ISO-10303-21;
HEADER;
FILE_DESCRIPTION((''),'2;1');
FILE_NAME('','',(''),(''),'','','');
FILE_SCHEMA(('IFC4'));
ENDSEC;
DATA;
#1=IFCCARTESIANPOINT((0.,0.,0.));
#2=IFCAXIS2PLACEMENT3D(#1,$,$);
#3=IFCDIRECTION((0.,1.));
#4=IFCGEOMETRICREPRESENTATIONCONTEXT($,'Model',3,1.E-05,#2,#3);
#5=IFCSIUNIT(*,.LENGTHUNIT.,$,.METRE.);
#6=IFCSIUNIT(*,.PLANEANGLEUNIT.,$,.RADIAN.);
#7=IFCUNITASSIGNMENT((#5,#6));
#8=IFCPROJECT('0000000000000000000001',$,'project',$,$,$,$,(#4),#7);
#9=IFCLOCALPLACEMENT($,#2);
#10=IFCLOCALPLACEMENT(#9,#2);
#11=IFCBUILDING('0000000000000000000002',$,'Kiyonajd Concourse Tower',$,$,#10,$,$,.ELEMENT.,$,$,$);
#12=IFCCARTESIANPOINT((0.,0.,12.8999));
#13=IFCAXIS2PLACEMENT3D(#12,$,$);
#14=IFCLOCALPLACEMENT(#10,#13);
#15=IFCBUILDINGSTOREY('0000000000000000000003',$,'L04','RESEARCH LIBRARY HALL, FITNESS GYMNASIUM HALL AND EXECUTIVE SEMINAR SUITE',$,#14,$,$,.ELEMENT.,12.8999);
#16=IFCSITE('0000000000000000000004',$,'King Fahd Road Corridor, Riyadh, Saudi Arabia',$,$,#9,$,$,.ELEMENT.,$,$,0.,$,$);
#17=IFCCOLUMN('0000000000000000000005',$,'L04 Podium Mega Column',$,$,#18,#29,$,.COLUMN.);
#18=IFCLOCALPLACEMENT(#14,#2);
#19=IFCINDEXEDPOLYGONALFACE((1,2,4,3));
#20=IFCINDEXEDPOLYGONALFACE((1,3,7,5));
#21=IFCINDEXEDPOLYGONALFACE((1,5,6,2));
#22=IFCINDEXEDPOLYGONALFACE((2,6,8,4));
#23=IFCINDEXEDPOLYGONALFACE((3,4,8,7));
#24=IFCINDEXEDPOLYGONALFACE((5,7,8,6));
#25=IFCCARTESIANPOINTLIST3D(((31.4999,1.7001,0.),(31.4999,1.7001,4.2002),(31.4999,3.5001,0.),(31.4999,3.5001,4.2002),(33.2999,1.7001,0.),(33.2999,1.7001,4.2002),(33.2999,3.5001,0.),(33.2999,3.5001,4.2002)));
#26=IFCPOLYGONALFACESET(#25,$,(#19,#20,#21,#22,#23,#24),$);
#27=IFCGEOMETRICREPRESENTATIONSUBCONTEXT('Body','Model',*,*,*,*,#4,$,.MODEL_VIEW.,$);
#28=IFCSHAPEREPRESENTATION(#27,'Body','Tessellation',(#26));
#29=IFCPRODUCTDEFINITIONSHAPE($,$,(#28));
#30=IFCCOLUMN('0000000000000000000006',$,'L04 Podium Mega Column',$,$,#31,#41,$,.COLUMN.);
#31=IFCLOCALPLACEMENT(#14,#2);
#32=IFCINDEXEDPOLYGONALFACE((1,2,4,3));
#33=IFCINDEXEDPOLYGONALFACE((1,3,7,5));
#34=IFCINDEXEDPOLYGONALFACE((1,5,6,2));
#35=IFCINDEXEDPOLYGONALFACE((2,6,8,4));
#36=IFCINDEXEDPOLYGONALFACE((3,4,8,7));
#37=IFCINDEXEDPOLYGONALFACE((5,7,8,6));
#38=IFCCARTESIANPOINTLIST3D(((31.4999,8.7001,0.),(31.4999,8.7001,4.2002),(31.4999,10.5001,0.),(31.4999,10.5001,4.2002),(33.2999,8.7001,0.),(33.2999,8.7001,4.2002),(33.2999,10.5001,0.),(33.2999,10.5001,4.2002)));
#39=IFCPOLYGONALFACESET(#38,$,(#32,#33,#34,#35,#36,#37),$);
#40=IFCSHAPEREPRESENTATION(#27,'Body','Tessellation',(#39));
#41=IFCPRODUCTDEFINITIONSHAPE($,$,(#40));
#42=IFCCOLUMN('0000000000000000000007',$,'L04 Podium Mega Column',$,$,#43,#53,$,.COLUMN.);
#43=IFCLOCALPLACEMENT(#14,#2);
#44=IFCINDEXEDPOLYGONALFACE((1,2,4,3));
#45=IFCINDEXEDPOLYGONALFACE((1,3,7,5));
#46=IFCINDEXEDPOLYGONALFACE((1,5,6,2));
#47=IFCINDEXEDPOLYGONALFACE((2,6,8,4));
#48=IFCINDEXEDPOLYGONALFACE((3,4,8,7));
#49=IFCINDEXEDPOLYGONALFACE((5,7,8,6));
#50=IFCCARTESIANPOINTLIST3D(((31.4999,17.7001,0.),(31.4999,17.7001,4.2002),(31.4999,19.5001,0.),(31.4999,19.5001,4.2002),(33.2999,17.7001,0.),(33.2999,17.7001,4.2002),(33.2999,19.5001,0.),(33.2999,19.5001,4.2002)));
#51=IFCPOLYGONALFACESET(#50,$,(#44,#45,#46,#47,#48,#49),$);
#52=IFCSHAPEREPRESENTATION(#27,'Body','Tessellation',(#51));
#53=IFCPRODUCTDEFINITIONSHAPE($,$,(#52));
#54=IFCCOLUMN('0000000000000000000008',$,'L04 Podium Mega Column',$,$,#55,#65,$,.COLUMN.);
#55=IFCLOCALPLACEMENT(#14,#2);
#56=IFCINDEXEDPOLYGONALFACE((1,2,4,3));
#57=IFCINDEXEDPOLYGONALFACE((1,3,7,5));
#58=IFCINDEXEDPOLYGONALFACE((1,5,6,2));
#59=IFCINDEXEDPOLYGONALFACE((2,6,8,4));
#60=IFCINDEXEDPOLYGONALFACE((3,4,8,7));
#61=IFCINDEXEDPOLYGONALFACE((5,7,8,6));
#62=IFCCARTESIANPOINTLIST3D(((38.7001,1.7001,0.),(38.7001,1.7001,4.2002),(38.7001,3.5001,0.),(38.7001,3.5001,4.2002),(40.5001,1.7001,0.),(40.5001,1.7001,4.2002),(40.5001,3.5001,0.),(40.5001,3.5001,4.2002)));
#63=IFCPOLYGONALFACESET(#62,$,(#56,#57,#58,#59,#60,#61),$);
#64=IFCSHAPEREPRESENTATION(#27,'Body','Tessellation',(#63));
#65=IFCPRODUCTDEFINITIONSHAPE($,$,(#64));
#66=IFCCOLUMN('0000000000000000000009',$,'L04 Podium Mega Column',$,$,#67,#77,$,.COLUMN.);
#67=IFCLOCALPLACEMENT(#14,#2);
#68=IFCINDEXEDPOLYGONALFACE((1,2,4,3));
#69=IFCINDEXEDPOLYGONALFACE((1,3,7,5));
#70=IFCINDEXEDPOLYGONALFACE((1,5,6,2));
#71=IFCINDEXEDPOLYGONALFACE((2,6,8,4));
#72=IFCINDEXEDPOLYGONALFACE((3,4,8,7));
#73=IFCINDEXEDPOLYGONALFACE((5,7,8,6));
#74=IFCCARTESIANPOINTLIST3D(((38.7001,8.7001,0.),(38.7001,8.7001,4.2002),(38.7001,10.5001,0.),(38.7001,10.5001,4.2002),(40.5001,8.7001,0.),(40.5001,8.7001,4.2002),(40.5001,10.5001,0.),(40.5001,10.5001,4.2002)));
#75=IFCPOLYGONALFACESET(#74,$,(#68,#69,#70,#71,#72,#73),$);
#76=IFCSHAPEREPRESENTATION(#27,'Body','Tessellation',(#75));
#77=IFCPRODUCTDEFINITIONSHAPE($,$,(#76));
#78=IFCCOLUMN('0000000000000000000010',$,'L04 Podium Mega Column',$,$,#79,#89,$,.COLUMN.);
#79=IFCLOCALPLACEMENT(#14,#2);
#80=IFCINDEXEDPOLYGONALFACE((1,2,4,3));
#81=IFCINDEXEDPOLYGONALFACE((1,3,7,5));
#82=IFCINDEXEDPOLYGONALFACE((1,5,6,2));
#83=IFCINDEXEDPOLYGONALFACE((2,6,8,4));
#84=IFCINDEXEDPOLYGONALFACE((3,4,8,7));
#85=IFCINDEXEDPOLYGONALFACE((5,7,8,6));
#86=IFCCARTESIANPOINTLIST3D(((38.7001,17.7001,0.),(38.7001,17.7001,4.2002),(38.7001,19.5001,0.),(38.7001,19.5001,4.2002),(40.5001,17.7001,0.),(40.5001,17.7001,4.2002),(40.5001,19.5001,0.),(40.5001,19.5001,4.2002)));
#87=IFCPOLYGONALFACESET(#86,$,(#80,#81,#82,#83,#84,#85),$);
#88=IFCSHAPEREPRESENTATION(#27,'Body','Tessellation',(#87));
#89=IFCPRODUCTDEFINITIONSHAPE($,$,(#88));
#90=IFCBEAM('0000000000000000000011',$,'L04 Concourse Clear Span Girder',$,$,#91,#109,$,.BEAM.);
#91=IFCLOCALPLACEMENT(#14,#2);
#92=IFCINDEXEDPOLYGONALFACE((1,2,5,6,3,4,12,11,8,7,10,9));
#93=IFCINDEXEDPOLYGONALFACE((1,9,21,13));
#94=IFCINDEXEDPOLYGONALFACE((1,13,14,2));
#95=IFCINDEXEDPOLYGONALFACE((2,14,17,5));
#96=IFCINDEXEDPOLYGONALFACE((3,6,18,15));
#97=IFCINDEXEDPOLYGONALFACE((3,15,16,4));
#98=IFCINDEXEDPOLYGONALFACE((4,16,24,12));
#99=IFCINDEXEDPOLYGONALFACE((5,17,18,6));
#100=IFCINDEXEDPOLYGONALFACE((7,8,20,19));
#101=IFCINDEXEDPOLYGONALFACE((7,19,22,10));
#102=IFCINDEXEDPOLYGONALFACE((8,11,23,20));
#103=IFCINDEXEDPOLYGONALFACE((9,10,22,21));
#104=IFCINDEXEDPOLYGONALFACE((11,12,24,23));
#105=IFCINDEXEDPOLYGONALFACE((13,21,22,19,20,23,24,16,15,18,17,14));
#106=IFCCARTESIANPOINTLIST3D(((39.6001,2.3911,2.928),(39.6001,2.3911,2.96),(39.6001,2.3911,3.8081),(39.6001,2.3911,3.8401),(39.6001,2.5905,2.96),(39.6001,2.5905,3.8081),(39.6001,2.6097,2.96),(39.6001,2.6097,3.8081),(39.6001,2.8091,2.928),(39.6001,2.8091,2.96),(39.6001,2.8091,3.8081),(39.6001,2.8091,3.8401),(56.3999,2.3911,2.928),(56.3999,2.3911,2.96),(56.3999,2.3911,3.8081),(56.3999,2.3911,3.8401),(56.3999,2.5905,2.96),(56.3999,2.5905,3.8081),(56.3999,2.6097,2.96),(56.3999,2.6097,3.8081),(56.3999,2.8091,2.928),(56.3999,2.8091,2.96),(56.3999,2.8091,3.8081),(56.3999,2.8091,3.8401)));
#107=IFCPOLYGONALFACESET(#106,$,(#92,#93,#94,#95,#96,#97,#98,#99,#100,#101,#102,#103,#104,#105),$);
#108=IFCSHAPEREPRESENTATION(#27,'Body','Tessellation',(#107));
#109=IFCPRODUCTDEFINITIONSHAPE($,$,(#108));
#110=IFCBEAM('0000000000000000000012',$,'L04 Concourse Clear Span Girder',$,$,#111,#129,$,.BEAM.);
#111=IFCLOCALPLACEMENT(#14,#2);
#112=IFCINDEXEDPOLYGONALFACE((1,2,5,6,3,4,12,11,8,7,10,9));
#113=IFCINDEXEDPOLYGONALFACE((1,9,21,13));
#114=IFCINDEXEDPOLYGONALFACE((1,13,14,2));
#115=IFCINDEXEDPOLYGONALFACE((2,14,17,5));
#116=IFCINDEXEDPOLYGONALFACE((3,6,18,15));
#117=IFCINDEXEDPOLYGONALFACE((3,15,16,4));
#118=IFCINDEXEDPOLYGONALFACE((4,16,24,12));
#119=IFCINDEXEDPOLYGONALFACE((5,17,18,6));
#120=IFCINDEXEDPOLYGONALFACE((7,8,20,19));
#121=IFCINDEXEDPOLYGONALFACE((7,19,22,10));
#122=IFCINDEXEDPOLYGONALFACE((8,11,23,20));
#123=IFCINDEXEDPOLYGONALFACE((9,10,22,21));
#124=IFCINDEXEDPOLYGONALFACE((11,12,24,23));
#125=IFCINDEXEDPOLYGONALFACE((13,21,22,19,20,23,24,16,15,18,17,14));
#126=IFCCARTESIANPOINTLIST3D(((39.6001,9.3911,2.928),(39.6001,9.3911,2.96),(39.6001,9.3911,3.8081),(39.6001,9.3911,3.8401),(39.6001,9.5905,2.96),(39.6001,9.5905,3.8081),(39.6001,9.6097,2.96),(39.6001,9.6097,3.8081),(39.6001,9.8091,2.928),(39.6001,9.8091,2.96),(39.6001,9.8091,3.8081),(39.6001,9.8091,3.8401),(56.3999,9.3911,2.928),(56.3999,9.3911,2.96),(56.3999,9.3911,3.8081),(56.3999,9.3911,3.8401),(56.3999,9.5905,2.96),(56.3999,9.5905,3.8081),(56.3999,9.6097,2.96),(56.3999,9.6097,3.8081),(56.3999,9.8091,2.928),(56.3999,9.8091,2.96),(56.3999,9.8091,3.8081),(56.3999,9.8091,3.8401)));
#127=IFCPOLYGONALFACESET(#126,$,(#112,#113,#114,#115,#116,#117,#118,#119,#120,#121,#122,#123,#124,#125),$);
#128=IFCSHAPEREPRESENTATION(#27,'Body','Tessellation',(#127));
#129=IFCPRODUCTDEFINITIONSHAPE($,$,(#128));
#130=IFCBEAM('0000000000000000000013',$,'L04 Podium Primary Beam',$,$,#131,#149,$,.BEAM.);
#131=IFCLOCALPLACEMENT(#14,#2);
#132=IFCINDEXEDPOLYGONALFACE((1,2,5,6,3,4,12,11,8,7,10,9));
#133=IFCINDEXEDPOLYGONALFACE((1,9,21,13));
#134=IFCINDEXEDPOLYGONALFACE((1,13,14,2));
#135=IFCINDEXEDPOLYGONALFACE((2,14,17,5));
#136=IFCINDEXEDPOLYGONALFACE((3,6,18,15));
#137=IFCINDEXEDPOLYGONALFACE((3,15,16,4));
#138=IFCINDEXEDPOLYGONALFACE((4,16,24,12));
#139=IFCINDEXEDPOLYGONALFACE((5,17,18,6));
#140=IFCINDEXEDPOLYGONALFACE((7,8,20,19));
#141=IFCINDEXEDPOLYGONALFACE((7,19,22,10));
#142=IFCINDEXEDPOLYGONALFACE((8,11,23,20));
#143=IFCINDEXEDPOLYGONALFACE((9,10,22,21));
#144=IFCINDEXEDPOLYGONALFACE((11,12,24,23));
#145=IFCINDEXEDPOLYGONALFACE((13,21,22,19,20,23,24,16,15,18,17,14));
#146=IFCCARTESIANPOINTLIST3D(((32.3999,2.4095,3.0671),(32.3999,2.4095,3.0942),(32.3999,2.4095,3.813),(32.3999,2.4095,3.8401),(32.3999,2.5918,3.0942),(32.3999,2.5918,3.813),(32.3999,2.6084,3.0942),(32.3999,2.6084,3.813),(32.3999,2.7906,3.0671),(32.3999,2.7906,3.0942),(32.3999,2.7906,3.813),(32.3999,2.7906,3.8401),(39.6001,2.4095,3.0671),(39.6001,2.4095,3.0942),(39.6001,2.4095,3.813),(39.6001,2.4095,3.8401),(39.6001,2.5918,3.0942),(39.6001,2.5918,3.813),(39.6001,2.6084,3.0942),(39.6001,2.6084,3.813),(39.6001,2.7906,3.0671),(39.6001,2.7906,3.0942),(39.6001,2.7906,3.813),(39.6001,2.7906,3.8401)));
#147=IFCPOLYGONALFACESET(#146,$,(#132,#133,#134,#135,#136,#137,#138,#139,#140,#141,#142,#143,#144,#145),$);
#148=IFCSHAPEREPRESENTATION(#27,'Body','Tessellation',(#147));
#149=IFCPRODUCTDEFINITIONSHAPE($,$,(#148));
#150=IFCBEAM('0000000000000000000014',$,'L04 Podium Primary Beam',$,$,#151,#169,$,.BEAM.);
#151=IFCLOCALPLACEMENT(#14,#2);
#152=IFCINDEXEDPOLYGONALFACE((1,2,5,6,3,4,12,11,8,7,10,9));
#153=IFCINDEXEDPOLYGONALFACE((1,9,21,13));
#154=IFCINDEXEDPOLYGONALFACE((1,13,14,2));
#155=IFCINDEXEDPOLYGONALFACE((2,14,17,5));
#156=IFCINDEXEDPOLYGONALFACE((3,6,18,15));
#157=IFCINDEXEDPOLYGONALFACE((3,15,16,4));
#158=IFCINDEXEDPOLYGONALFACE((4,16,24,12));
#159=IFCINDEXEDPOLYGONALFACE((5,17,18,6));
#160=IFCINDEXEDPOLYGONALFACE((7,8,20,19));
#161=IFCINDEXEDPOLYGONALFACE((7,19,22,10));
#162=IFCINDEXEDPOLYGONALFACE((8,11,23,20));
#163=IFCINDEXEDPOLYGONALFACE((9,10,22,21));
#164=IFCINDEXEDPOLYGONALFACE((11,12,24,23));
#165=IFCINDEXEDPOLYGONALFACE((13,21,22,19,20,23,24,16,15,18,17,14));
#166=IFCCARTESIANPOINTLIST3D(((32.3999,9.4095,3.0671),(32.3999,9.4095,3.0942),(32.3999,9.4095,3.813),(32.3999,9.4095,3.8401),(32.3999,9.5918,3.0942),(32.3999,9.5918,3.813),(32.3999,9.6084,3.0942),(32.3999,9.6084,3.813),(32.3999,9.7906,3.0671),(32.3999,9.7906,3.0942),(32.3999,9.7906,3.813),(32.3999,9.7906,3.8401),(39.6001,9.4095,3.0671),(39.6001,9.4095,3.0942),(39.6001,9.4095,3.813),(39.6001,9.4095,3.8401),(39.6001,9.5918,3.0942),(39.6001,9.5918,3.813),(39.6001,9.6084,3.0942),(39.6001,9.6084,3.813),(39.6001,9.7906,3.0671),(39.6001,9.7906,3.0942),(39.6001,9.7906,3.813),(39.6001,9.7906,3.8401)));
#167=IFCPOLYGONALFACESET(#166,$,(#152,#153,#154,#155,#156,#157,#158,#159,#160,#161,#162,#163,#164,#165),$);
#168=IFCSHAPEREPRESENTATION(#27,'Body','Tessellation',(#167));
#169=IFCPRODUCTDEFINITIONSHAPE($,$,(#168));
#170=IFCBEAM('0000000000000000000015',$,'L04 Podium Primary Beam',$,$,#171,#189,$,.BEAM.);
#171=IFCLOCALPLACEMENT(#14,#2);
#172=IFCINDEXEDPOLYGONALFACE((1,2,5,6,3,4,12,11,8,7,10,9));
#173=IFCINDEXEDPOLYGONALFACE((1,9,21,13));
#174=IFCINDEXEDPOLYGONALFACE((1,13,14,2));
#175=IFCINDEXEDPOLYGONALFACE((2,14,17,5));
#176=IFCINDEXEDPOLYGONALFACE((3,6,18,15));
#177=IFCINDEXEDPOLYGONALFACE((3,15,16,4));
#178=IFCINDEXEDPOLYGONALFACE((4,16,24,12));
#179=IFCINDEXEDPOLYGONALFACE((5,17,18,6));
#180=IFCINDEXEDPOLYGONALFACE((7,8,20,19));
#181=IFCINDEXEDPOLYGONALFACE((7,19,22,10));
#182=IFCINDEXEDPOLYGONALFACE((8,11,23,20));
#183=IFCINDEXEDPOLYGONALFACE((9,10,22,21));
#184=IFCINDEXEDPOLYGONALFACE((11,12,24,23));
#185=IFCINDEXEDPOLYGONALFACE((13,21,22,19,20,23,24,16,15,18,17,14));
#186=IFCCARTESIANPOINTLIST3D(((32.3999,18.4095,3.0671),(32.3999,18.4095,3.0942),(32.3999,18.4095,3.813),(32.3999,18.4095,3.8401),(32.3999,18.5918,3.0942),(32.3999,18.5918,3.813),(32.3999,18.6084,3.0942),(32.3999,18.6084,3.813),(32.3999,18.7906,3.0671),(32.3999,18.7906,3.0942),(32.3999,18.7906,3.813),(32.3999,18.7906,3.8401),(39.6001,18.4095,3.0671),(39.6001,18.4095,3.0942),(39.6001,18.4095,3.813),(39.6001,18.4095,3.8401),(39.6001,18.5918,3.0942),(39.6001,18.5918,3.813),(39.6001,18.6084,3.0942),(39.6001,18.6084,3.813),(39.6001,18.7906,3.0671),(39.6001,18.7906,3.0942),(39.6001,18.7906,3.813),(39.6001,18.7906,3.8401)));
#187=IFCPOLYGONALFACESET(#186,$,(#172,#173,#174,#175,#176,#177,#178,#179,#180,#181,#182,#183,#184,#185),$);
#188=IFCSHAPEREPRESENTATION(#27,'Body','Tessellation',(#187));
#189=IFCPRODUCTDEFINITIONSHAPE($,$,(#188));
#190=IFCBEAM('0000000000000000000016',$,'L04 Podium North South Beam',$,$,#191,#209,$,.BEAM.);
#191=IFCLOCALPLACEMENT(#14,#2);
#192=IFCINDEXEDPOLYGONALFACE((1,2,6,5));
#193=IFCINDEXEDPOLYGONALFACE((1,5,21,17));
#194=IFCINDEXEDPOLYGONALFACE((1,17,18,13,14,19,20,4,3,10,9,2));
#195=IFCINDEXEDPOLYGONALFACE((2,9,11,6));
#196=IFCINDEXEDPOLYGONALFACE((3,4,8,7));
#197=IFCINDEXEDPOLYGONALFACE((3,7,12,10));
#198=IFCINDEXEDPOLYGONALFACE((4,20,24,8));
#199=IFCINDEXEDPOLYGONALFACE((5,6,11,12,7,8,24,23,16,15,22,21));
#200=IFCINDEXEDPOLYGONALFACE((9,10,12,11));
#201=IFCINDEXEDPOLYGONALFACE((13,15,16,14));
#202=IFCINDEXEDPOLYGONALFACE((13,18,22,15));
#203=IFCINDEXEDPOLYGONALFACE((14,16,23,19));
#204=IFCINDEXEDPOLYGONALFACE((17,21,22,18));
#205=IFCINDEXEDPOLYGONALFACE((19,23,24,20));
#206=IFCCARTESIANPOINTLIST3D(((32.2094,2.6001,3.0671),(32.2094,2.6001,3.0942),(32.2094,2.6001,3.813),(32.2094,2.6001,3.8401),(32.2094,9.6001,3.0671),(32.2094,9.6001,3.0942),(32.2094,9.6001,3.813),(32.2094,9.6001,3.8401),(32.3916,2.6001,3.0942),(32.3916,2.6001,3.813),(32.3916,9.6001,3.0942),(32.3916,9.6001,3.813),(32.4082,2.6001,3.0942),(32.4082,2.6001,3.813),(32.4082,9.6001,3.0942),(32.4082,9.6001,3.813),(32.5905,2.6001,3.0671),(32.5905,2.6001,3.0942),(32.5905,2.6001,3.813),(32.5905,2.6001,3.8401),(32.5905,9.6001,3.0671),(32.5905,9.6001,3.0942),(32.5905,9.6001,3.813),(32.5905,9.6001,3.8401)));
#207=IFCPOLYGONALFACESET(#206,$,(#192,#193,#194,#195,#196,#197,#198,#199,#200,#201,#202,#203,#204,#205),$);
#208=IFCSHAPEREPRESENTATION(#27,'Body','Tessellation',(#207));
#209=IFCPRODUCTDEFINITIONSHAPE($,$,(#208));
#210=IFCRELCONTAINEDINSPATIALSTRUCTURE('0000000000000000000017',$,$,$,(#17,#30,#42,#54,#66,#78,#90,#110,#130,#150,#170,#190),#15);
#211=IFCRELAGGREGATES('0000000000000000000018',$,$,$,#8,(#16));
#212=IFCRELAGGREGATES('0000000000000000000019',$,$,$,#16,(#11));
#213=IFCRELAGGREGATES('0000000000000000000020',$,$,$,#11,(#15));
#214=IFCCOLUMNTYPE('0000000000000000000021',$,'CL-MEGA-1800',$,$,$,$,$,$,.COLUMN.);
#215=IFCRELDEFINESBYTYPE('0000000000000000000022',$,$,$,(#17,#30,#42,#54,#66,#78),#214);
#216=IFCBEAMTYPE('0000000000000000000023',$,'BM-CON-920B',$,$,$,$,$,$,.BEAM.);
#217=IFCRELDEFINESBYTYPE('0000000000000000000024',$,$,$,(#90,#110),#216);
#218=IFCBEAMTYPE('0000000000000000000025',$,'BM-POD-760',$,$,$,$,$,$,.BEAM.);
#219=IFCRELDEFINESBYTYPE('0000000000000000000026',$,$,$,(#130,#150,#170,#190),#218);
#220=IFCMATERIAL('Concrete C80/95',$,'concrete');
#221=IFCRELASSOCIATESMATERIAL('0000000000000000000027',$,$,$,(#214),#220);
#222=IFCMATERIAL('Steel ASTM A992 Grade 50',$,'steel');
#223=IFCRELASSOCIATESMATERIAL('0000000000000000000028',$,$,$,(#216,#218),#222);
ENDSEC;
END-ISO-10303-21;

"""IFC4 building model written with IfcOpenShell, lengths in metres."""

from ifc_helpers import new_model, si_unit, direction, frame, origin, origin_2d, place, context, subcontext, project, spatial, rectangle, i_section, extrude, material, material_profile, profile_set, type_object, element, save


model = new_model("IFC4")

# Units and contexts
model_context = context("Model", 3, precision=1e-05, world=origin(), true_north=direction((0.0, 1.0)))
body_context = subcontext(model_context, "Body", "Model", "MODEL_VIEW")
ifc_project = project(units=[si_unit("LENGTHUNIT", "METRE"), si_unit("PLANEANGLEUNIT", "RADIAN")], contexts=[model_context])

# Site, building, storey
site_placement = place(None, origin())
site = spatial("IfcSite", under=ifc_project, at=site_placement, Name="King Fahd Road Corridor, Riyadh, Saudi Arabia", CompositionType="ELEMENT", RefElevation=0.0)
building_placement = place(site_placement, origin())
building = spatial("IfcBuilding", under=site, at=building_placement, Name="Kiyonajd Concourse Tower", CompositionType="ELEMENT")
storey_placement = place(building_placement, frame((0.0, 0.0, 12.8999)))
storey = spatial("IfcBuildingStorey", under=building, at=storey_placement, Name="L04", Description="RESEARCH LIBRARY HALL, FITNESS GYMNASIUM HALL AND EXECUTIVE SEMINAR SUITE", CompositionType="ELEMENT", Elevation=12.8999)

# Columns
ifc_material_1 = material(Name="Concrete C80/95", Category="concrete")
ifc_material_profile_1 = material_profile(ifc_material_1, rectangle(XDim=1.8, YDim=1.8, at=origin_2d()), Name="RC-1800x1800")
ifc_profile_set_1 = profile_set([ifc_material_profile_1], Name="Concrete C80/95")
column_type = type_object("IfcColumnType", Name="CL-MEGA-1800", PredefinedType="COLUMN", material=ifc_profile_set_1)
for number, where, z_axis, x_axis, name in (
    (1, (32.3999, 2.6001, 0.0), (0.0, 0.0, 1.0), (1.0, 0.0, 0.0), "L04 Podium Mega Column"),
    (2, (32.3999, 9.6001, 0.0), (0.0, 0.0, 1.0), (1.0, 0.0, 0.0), "L04 Podium Mega Column"),
    (3, (32.3999, 18.6001, 0.0), (0.0, 0.0, 1.0), (1.0, 0.0, 0.0), "L04 Podium Mega Column"),
    (4, (39.6001, 2.6001, 0.0), (0.0, 0.0, 1.0), (1.0, 0.0, 0.0), "L04 Podium Mega Column"),
    (5, (39.6001, 9.6001, 0.0), (0.0, 0.0, 1.0), (1.0, 0.0, 0.0), "L04 Podium Mega Column"),
    (6, (39.6001, 18.6001, 0.0), (0.0, 0.0, 1.0), (1.0, 0.0, 0.0), "L04 Podium Mega Column"),
):
    element("IfcColumn", number, at=place(storey_placement, frame(where, z_axis=z_axis, x_axis=x_axis)), inside=storey, type_object=column_type, Name=name, PredefinedType="COLUMN", context=body_context, shape_type="SweptSolid", body=[
        extrude(rectangle(XDim=1.8, YDim=1.8, at=origin_2d()), origin(), (0.0, 0.0, 1.0), 4.2002),
    ])

# Beams
ifc_material_2 = material(Name="Steel ASTM A992 Grade 50", Category="steel")
ifc_material_profile_2 = material_profile(ifc_material_2, i_section(OverallWidth=0.418, OverallDepth=0.9121, WebThickness=0.0193, FlangeThickness=0.032, at=origin_2d()), Name="W920X342")
ifc_profile_set_2 = profile_set([ifc_material_profile_2], Name="Steel ASTM A992 Grade 50")
beam_type_1 = type_object("IfcBeamType", Name="BM-CON-920B", PredefinedType="BEAM", material=ifc_profile_set_2)
for number, where, z_axis, x_axis, name in (
    (7, (39.6001, 2.6001, 3.384), (1.0, 0.0, 0.0), (0.0, 1.0, 0.0), "L04 Concourse Clear Span Girder"),
    (8, (39.6001, 9.6001, 3.384), (1.0, 0.0, 0.0), (0.0, 1.0, 0.0), "L04 Concourse Clear Span Girder"),
):
    element("IfcBeam", number, at=place(storey_placement, frame(where, z_axis=z_axis, x_axis=x_axis)), inside=storey, type_object=beam_type_1, Name=name, PredefinedType="BEAM", context=body_context, shape_type="SweptSolid", body=[
        extrude(i_section(OverallWidth=0.418, OverallDepth=0.9121, WebThickness=0.0193, FlangeThickness=0.032, at=origin_2d()), origin(), (0.0, 0.0, 1.0), 16.7998),
    ])
ifc_material_profile_3 = material_profile(ifc_material_2, i_section(OverallWidth=0.3811, OverallDepth=0.7729, WebThickness=0.0166, FlangeThickness=0.0271, at=origin_2d()), Name="W760X257")
ifc_profile_set_3 = profile_set([ifc_material_profile_3], Name="Steel ASTM A992 Grade 50")
beam_type_2 = type_object("IfcBeamType", Name="BM-POD-760", PredefinedType="BEAM", material=ifc_profile_set_3)
for number, where, z_axis, x_axis, name in (
    (9, (32.3999, 2.6001, 3.4536), (1.0, 0.0, 0.0), (0.0, 1.0, 0.0), "L04 Podium Primary Beam"),
    (10, (32.3999, 9.6001, 3.4536), (1.0, 0.0, 0.0), (0.0, 1.0, 0.0), "L04 Podium Primary Beam"),
    (11, (32.3999, 18.6001, 3.4536), (1.0, 0.0, 0.0), (0.0, 1.0, 0.0), "L04 Podium Primary Beam"),
):
    element("IfcBeam", number, at=place(storey_placement, frame(where, z_axis=z_axis, x_axis=x_axis)), inside=storey, type_object=beam_type_2, Name=name, PredefinedType="BEAM", context=body_context, shape_type="SweptSolid", body=[
        extrude(i_section(OverallWidth=0.3811, OverallDepth=0.7729, WebThickness=0.0166, FlangeThickness=0.0271, at=origin_2d()), origin(), (0.0, 0.0, 1.0), 7.2002),
    ])
beam_1_placement = place(storey_placement, frame((32.3999, 2.6001, 3.4536), z_axis=(0.0, 1.0, 0.0), x_axis=(-1.0, 0.0, 0.0)))
element("IfcBeam", 12, at=beam_1_placement, inside=storey, type_object=beam_type_2, Name="L04 Podium North South Beam", PredefinedType="BEAM", context=body_context, shape_type="SweptSolid", body=[
    extrude(i_section(OverallWidth=0.3811, OverallDepth=0.7729, WebThickness=0.0166, FlangeThickness=0.0271, at=origin_2d()), origin(), (0.0, 0.0, 1.0), 7.0),
])

save(model, "model.ifc")
